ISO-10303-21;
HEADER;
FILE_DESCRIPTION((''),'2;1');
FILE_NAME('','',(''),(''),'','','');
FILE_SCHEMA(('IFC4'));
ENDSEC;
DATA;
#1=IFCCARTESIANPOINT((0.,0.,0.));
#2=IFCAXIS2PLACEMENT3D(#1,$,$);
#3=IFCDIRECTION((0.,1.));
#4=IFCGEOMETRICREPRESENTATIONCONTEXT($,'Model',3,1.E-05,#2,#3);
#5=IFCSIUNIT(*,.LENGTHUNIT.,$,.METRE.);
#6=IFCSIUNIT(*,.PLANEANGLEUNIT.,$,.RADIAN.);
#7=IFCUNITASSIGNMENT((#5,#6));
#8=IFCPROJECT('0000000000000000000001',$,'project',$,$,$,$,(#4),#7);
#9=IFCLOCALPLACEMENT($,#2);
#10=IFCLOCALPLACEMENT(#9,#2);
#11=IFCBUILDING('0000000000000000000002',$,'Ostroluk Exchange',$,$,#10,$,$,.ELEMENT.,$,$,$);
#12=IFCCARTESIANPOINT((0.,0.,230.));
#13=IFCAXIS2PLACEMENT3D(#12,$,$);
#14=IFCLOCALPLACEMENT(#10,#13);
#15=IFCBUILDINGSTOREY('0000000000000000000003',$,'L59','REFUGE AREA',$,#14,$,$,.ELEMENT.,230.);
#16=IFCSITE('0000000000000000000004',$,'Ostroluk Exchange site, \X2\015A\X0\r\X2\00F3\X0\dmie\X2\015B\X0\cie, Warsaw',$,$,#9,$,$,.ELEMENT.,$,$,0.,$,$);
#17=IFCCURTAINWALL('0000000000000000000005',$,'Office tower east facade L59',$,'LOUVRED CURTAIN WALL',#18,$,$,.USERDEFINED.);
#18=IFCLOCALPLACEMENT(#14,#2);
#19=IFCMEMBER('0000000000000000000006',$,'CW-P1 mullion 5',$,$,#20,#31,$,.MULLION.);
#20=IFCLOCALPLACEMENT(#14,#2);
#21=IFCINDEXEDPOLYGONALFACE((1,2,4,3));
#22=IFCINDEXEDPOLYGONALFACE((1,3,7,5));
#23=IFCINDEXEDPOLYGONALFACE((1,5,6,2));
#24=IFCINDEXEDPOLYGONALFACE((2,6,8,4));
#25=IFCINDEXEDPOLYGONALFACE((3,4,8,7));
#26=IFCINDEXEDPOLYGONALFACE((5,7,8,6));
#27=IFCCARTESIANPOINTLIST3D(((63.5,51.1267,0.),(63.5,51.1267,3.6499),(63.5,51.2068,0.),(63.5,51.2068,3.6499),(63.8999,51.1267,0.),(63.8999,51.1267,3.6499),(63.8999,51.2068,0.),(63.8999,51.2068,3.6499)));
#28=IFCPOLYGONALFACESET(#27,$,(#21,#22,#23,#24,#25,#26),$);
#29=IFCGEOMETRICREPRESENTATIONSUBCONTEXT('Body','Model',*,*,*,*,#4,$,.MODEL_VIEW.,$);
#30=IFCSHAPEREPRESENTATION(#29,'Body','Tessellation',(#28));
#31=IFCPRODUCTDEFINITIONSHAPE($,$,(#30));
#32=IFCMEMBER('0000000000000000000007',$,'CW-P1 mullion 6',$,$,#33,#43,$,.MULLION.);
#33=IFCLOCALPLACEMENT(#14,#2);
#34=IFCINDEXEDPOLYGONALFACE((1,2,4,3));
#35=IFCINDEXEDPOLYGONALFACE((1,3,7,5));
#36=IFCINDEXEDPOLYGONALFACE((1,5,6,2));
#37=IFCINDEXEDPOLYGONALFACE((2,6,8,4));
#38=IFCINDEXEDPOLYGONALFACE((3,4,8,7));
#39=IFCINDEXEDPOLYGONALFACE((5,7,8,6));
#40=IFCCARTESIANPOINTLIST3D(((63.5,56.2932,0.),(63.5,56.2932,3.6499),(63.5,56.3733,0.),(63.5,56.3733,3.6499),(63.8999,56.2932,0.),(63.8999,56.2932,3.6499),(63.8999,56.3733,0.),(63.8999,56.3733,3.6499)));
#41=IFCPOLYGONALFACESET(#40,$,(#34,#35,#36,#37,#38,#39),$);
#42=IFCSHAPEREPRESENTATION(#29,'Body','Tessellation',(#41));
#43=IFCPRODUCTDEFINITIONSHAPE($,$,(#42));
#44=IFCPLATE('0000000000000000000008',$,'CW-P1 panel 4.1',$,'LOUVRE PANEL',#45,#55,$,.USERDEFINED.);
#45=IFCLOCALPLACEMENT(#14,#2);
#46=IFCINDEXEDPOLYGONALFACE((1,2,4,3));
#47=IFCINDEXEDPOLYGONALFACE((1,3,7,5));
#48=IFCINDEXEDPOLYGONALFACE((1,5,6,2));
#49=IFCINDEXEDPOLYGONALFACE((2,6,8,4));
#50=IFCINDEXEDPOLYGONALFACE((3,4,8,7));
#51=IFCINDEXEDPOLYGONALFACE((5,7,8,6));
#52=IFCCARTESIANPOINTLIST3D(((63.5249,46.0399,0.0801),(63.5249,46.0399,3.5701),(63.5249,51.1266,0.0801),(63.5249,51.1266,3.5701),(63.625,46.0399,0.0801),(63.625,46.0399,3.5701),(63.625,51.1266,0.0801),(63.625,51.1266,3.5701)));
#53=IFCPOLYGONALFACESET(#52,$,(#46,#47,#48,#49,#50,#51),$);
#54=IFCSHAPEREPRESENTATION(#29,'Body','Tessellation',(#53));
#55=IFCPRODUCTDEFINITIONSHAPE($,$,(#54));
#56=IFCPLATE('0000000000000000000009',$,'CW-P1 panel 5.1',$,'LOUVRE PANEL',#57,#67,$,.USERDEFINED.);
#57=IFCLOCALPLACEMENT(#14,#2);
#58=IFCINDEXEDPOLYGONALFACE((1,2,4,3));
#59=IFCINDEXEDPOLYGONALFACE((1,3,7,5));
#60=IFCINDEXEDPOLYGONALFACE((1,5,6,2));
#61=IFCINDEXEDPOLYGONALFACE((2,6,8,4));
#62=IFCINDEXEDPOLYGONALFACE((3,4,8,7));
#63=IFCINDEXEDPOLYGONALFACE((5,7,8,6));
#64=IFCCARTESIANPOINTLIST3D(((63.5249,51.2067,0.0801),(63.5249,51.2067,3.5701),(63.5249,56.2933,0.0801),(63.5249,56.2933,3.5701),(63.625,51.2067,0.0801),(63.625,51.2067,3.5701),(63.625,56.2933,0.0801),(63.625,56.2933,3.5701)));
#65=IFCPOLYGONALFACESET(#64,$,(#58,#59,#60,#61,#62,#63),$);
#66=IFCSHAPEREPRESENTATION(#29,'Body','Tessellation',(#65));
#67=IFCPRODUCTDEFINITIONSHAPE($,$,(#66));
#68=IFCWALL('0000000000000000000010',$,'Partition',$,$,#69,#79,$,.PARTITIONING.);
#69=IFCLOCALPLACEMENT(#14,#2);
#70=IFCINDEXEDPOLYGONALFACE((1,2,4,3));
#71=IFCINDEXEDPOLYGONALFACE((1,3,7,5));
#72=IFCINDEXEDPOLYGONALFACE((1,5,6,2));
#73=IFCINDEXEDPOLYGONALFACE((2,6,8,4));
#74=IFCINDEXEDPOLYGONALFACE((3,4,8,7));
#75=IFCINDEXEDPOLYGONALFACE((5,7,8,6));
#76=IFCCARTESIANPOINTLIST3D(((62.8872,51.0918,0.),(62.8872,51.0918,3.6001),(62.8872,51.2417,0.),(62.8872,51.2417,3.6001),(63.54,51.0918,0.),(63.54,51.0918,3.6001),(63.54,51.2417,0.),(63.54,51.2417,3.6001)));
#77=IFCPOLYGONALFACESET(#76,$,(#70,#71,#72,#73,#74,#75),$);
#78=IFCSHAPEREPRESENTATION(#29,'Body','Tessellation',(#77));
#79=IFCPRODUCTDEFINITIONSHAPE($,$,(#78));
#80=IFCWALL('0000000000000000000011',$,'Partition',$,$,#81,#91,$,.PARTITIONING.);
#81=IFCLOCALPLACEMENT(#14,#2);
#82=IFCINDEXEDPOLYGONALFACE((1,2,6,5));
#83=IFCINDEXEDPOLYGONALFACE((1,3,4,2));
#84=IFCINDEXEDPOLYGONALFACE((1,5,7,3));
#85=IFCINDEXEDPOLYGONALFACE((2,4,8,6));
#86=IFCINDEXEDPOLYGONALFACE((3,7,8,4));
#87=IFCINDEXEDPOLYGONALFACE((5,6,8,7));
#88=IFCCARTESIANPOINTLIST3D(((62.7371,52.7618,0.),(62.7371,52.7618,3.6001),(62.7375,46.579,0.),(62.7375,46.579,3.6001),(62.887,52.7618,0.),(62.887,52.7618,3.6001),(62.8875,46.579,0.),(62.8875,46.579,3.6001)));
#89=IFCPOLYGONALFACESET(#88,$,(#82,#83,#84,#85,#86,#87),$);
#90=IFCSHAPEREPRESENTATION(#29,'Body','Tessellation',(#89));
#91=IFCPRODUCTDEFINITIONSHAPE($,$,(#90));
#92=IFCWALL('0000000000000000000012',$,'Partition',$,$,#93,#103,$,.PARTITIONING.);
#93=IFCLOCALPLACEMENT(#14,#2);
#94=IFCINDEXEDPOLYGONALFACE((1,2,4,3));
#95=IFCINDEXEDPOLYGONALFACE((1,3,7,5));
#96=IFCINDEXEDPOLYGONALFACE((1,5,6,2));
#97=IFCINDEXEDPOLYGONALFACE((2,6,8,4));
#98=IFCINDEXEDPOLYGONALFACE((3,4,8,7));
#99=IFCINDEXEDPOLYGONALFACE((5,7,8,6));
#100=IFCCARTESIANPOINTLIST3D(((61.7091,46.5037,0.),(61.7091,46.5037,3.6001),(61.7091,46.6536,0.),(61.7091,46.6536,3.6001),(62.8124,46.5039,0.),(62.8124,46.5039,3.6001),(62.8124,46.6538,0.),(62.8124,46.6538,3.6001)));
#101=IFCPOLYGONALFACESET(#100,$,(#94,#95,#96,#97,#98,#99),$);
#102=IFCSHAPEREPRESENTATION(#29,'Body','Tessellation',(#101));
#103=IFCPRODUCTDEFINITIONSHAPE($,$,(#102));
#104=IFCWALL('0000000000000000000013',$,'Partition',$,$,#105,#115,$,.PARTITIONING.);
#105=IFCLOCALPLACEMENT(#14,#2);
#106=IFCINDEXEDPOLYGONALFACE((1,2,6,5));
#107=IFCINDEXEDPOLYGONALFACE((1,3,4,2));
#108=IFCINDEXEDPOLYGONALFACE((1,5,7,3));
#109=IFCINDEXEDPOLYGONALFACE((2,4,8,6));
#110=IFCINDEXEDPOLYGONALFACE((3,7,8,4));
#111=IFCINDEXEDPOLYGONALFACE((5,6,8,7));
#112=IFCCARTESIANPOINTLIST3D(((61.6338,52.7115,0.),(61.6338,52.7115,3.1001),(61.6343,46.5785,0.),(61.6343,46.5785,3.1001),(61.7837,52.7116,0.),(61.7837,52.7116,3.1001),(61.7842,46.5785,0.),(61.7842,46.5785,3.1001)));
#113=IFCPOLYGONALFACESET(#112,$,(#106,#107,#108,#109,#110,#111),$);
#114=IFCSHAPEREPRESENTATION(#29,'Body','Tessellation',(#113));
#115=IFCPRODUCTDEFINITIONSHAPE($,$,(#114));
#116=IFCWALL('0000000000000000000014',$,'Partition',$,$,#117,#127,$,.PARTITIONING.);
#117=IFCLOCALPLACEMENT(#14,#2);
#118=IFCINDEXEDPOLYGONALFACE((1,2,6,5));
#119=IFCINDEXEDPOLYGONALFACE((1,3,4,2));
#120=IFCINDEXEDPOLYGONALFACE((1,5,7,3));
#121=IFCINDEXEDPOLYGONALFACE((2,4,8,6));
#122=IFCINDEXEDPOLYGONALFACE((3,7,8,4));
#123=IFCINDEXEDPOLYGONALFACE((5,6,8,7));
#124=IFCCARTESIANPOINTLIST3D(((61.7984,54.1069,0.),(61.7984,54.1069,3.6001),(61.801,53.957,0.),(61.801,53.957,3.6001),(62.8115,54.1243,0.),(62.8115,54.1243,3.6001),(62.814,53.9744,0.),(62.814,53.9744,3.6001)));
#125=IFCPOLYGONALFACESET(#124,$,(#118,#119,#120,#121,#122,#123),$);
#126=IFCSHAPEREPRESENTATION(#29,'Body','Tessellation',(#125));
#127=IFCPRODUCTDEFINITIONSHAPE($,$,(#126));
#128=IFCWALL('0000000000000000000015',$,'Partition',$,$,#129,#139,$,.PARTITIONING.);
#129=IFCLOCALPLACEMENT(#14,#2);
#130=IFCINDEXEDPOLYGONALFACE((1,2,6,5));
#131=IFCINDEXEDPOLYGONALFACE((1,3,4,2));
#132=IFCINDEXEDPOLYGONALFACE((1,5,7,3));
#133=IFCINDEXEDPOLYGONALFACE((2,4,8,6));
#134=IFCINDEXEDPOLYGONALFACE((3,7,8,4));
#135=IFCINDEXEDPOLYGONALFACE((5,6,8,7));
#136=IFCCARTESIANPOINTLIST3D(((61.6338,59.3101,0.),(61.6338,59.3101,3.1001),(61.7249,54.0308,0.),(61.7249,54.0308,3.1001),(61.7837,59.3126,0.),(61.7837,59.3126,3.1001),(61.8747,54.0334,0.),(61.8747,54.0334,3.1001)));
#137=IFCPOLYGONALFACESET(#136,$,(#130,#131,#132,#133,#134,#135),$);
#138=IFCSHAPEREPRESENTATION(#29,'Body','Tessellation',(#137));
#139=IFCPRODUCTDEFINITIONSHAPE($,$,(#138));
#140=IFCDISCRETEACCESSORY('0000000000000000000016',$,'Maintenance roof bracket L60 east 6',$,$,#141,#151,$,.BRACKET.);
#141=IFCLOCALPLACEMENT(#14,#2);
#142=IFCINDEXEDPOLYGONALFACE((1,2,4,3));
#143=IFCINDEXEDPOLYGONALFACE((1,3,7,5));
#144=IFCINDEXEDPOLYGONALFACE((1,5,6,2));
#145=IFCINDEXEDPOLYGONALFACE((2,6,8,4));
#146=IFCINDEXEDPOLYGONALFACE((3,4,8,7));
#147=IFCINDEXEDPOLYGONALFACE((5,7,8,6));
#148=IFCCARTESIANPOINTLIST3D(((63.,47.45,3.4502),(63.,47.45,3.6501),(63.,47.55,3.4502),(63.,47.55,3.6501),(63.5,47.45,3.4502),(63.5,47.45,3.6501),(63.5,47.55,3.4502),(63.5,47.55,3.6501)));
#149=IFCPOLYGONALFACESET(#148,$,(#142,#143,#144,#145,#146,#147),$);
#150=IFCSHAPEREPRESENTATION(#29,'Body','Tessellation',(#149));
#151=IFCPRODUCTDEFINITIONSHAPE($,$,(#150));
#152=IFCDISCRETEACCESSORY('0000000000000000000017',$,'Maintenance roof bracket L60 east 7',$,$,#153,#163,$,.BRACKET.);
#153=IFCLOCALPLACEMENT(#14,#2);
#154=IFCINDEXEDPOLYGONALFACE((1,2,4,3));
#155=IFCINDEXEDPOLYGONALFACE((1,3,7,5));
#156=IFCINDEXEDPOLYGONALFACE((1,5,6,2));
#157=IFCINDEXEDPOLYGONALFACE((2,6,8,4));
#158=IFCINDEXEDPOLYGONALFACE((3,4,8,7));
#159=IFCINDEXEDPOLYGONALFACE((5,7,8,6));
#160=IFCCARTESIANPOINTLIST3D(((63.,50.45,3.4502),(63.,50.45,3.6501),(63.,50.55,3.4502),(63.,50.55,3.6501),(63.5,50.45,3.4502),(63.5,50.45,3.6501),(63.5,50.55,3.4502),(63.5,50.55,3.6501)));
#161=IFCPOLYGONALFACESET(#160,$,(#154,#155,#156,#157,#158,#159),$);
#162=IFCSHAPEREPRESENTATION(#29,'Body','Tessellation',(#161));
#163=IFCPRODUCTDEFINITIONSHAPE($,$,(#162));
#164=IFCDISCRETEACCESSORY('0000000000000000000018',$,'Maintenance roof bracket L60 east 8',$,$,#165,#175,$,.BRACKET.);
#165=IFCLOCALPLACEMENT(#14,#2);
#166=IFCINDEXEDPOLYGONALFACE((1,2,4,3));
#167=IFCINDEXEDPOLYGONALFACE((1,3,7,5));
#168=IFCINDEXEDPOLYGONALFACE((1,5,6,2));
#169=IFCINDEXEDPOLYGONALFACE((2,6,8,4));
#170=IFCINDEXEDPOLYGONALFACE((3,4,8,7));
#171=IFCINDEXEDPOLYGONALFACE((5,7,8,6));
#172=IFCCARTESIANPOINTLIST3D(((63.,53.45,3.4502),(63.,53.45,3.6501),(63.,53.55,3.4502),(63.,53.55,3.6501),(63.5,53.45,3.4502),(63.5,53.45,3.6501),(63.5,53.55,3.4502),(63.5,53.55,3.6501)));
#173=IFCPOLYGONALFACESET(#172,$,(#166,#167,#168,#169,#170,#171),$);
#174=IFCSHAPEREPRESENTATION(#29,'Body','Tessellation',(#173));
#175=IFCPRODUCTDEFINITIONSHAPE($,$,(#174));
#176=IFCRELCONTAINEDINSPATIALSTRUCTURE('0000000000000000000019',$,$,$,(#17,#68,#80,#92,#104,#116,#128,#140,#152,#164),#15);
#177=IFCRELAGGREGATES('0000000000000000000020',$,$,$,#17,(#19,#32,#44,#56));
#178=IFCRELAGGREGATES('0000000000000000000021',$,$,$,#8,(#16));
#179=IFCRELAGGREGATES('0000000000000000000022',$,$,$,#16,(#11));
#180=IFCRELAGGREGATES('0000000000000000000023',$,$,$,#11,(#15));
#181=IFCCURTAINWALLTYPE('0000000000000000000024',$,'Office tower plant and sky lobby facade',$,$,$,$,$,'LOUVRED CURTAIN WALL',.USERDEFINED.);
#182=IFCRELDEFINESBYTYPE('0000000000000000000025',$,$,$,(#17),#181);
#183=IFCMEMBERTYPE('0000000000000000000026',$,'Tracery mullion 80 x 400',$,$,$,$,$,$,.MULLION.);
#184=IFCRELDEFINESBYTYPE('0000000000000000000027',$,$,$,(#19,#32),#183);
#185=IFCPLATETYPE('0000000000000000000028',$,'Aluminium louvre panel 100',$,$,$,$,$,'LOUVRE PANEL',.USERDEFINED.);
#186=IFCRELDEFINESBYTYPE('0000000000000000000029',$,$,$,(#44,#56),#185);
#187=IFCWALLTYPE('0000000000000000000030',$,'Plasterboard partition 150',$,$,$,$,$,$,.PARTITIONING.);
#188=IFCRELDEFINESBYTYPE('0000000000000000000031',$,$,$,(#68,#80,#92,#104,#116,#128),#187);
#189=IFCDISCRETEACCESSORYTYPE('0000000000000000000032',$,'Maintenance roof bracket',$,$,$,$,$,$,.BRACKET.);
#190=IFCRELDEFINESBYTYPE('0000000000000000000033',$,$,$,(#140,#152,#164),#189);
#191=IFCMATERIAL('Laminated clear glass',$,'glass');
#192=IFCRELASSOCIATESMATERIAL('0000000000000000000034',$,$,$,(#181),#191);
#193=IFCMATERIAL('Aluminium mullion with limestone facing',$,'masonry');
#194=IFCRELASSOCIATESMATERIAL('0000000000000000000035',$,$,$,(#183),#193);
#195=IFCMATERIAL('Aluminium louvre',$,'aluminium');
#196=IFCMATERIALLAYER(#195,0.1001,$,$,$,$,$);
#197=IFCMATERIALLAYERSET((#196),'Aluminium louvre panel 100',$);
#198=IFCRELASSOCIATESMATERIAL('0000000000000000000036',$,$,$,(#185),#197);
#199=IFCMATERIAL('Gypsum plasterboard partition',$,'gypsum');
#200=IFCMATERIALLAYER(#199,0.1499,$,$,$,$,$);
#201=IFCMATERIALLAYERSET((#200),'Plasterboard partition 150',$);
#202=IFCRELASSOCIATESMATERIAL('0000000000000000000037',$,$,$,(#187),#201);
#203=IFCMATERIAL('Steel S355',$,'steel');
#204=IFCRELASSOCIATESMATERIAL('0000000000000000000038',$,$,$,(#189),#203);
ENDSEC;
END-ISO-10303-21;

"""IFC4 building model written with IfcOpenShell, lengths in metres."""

from ifc_helpers import new_model, si_unit, direction, frame, frame_2d, origin, origin_2d, place, context, subcontext, project, spatial, rectangle, extrude, material, layer, layer_set, material_profile, profile_set, type_object, element, aggregate, save


model = new_model("IFC4")

# Units and contexts
model_context = context("Model", 3, precision=1e-05, world=origin(), true_north=direction((0.0, 1.0)))
body_context = subcontext(model_context, "Body", "Model", "MODEL_VIEW")
ifc_project = project(units=[si_unit("LENGTHUNIT", "METRE"), si_unit("PLANEANGLEUNIT", "RADIAN")], contexts=[model_context])

# Site, building, storey
site_placement = place(None, origin())
site = spatial("IfcSite", under=ifc_project, at=site_placement, Name="Ostroluk Exchange site, Śródmieście, Warsaw", CompositionType="ELEMENT", RefElevation=0.0)
building_placement = place(site_placement, origin())
building = spatial("IfcBuilding", under=site, at=building_placement, Name="Ostroluk Exchange", CompositionType="ELEMENT")
storey_placement = place(building_placement, frame((0.0, 0.0, 230.0)))
storey = spatial("IfcBuildingStorey", under=building, at=storey_placement, Name="L59", Description="REFUGE AREA", CompositionType="ELEMENT", Elevation=230.0)

# Curtain wall, members, plates
ifc_material_1 = material(Name="Laminated clear glass", Category="glass")
curtain_wall_type = type_object("IfcCurtainWallType", Name="Office tower plant and sky lobby facade", ElementType="LOUVRED CURTAIN WALL", PredefinedType="USERDEFINED", material=ifc_material_1)
curtain_wall_placement = place(storey_placement, origin())
curtain_wall = element("IfcCurtainWall", 1, at=curtain_wall_placement, inside=storey, type_object=curtain_wall_type, Name="Office tower east facade L59", ObjectType="LOUVRED CURTAIN WALL", PredefinedType="USERDEFINED")
ifc_material_2 = material(Name="Aluminium mullion with limestone facing", Category="masonry")
ifc_material_profile_1 = material_profile(ifc_material_2, rectangle(XDim=0.3999, YDim=0.0801, at=origin_2d()), Name="Tracery mullion 80 x 400")
ifc_profile_set_1 = profile_set([ifc_material_profile_1], Name="Aluminium mullion with limestone facing")
member_type_1 = type_object("IfcMemberType", Name="Tracery mullion 80 x 400", PredefinedType="MULLION", material=ifc_profile_set_1)
member_1_placement = place(storey_placement, frame((63.7, 51.1667, 0.0), z_axis=(0.0, 0.0, 1.0), x_axis=(-1.0, 0.0, 0.0)))
member_1 = element("IfcMember", 2, at=member_1_placement, type_object=member_type_1, Name="CW-P1 mullion 5", PredefinedType="MULLION", context=body_context, shape_type="SweptSolid", body=[
    extrude(rectangle(XDim=0.3999, YDim=0.0801, at=origin_2d()), origin(), (0.0, 0.0, 1.0), 3.6499),
])
member_2_placement = place(storey_placement, frame((63.7, 56.3333, 0.0), z_axis=(0.0, 0.0, 1.0), x_axis=(-1.0, 0.0, 0.0)))
member_2 = element("IfcMember", 3, at=member_2_placement, type_object=member_type_1, Name="CW-P1 mullion 6", PredefinedType="MULLION", context=body_context, shape_type="SweptSolid", body=[
    extrude(rectangle(XDim=0.3999, YDim=0.0801, at=origin_2d()), origin(), (0.0, 0.0, 1.0), 3.6499),
])
ifc_material_3 = material(Name="Aluminium louvre", Category="aluminium")
ifc_layer_1 = layer(ifc_material_3, 0.1001)
ifc_layer_set_1 = layer_set([ifc_layer_1], Name="Aluminium louvre panel 100")
plate_type = type_object("IfcPlateType", Name="Aluminium louvre panel 100", ElementType="LOUVRE PANEL", PredefinedType="USERDEFINED", material=ifc_layer_set_1)
plate_1_placement = place(storey_placement, frame((63.575, 48.5833, 0.0801), z_axis=(0.0, 0.0, 1.0), x_axis=(0.0, 1.0, 0.0)))
plate_1 = element("IfcPlate", 4, at=plate_1_placement, type_object=plate_type, Name="CW-P1 panel 4.1", ObjectType="LOUVRE PANEL", PredefinedType="USERDEFINED", context=body_context, shape_type="SweptSolid", body=[
    extrude(rectangle(XDim=5.0867, YDim=0.1001, at=origin_2d()), origin(), (0.0, 0.0, 1.0), 3.49),
])
plate_2_placement = place(storey_placement, frame((63.575, 53.75, 0.0801), z_axis=(0.0, 0.0, 1.0), x_axis=(0.0, 1.0, 0.0)))
plate_2 = element("IfcPlate", 5, at=plate_2_placement, type_object=plate_type, Name="CW-P1 panel 5.1", ObjectType="LOUVRE PANEL", PredefinedType="USERDEFINED", context=body_context, shape_type="SweptSolid", body=[
    extrude(rectangle(XDim=5.0867, YDim=0.1001, at=origin_2d()), origin(), (0.0, 0.0, 1.0), 3.49),
])
aggregate(curtain_wall, [member_1, member_2, plate_1, plate_2])

# Walls
ifc_material_4 = material(Name="Gypsum plasterboard partition", Category="gypsum")
ifc_layer_2 = layer(ifc_material_4, 0.1499)
ifc_layer_set_2 = layer_set([ifc_layer_2], Name="Plasterboard partition 150")
wall_type = type_object("IfcWallType", Name="Plasterboard partition 150", PredefinedType="PARTITIONING", material=ifc_layer_set_2)
wall_1_placement = place(storey_placement, frame((62.8872, 51.1667, 0.0), z_axis=(0.0, 0.0, 1.0), x_axis=(1.0, 0.0, 0.0)))
element("IfcWall", 6, at=wall_1_placement, inside=storey, type_object=wall_type, Name="Partition", PredefinedType="PARTITIONING", context=body_context, shape_type="SweptSolid", body=[
    extrude(rectangle(XDim=0.6528, YDim=0.1499, at=frame_2d((0.3264, 0.0))), origin(), (0.0, 0.0, 1.0), 3.6001),
])
wall_2_placement = place(storey_placement, frame((62.812, 52.7617, 0.0), z_axis=(0.0, 0.0, 1.0), x_axis=(0.000079, -1.0, 0.0)))
element("IfcWall", 7, at=wall_2_placement, inside=storey, type_object=wall_type, Name="Partition", PredefinedType="PARTITIONING", context=body_context, shape_type="SweptSolid", body=[
    extrude(rectangle(XDim=6.1829, YDim=0.1499, at=frame_2d((3.0913, 0.0))), origin(), (0.0, 0.0, 1.0), 3.6001),
])
wall_3_placement = place(storey_placement, frame((62.8125, 46.5789, 0.0), z_axis=(0.0, 0.0, 1.0), x_axis=(-1.0, -0.000221, 0.0)))
element("IfcWall", 8, at=wall_3_placement, inside=storey, type_object=wall_type, Name="Partition", PredefinedType="PARTITIONING", context=body_context, shape_type="SweptSolid", body=[
    extrude(rectangle(XDim=1.1033, YDim=0.1499, at=frame_2d((0.5518, 0.0))), origin(), (0.0, 0.0, 1.0), 3.6001),
])
wall_4_placement = place(storey_placement, frame((61.7092, 46.5786, 0.0), z_axis=(0.0, 0.0, 1.0), x_axis=(-0.00008, 1.0, 0.0)))
element("IfcWall", 9, at=wall_4_placement, inside=storey, type_object=wall_type, Name="Partition", PredefinedType="PARTITIONING", context=body_context, shape_type="SweptSolid", body=[
    extrude(rectangle(XDim=6.1331, YDim=0.1499, at=frame_2d((3.0664, 0.0))), origin(), (0.0, 0.0, 1.0), 3.1001),
])
wall_5_placement = place(storey_placement, frame((62.8127, 54.0493, 0.0), z_axis=(0.0, 0.0, 1.0), x_axis=(-0.999854, -0.01711, 0.0)))
element("IfcWall", 10, at=wall_5_placement, inside=storey, type_object=wall_type, Name="Partition", PredefinedType="PARTITIONING", context=body_context, shape_type="SweptSolid", body=[
    extrude(rectangle(XDim=1.0132, YDim=0.1499, at=frame_2d((0.5066, 0.0))), origin(), (0.0, 0.0, 1.0), 3.6001),
])
wall_6_placement = place(storey_placement, frame((61.7998, 54.032, 0.0), z_axis=(0.0, 0.0, 1.0), x_axis=(-0.017247, 0.999851, 0.0)))
element("IfcWall", 11, at=wall_6_placement, inside=storey, type_object=wall_type, Name="Partition", PredefinedType="PARTITIONING", context=body_context, shape_type="SweptSolid", body=[
    extrude(rectangle(XDim=5.28, YDim=0.1499, at=frame_2d((2.6401, 0.0))), origin(), (0.0, 0.0, 1.0), 3.1001),
])

# Discrete accessories
ifc_material_5 = material(Name="Steel S355", Category="steel")
discrete_accessory_type = type_object("IfcDiscreteAccessoryType", Name="Maintenance roof bracket", PredefinedType="BRACKET", material=ifc_material_5)
for number, where, z_axis, x_axis, name in (
    (12, (63.25, 47.5, 3.4502), (0.0, 0.0, 1.0), (1.0, 0.0, 0.0), "Maintenance roof bracket L60 east 6"),
    (13, (63.25, 50.5, 3.4502), (0.0, 0.0, 1.0), (1.0, 0.0, 0.0), "Maintenance roof bracket L60 east 7"),
    (14, (63.25, 53.5, 3.4502), (0.0, 0.0, 1.0), (1.0, 0.0, 0.0), "Maintenance roof bracket L60 east 8"),
):
    element("IfcDiscreteAccessory", number, at=place(storey_placement, frame(where, z_axis=z_axis, x_axis=x_axis)), inside=storey, type_object=discrete_accessory_type, Name=name, PredefinedType="BRACKET", context=body_context, shape_type="SweptSolid", body=[
        extrude(rectangle(XDim=0.5, YDim=0.1001, at=origin_2d()), origin(), (0.0, 0.0, 1.0), 0.2),
    ])

save(model, "model.ifc")
